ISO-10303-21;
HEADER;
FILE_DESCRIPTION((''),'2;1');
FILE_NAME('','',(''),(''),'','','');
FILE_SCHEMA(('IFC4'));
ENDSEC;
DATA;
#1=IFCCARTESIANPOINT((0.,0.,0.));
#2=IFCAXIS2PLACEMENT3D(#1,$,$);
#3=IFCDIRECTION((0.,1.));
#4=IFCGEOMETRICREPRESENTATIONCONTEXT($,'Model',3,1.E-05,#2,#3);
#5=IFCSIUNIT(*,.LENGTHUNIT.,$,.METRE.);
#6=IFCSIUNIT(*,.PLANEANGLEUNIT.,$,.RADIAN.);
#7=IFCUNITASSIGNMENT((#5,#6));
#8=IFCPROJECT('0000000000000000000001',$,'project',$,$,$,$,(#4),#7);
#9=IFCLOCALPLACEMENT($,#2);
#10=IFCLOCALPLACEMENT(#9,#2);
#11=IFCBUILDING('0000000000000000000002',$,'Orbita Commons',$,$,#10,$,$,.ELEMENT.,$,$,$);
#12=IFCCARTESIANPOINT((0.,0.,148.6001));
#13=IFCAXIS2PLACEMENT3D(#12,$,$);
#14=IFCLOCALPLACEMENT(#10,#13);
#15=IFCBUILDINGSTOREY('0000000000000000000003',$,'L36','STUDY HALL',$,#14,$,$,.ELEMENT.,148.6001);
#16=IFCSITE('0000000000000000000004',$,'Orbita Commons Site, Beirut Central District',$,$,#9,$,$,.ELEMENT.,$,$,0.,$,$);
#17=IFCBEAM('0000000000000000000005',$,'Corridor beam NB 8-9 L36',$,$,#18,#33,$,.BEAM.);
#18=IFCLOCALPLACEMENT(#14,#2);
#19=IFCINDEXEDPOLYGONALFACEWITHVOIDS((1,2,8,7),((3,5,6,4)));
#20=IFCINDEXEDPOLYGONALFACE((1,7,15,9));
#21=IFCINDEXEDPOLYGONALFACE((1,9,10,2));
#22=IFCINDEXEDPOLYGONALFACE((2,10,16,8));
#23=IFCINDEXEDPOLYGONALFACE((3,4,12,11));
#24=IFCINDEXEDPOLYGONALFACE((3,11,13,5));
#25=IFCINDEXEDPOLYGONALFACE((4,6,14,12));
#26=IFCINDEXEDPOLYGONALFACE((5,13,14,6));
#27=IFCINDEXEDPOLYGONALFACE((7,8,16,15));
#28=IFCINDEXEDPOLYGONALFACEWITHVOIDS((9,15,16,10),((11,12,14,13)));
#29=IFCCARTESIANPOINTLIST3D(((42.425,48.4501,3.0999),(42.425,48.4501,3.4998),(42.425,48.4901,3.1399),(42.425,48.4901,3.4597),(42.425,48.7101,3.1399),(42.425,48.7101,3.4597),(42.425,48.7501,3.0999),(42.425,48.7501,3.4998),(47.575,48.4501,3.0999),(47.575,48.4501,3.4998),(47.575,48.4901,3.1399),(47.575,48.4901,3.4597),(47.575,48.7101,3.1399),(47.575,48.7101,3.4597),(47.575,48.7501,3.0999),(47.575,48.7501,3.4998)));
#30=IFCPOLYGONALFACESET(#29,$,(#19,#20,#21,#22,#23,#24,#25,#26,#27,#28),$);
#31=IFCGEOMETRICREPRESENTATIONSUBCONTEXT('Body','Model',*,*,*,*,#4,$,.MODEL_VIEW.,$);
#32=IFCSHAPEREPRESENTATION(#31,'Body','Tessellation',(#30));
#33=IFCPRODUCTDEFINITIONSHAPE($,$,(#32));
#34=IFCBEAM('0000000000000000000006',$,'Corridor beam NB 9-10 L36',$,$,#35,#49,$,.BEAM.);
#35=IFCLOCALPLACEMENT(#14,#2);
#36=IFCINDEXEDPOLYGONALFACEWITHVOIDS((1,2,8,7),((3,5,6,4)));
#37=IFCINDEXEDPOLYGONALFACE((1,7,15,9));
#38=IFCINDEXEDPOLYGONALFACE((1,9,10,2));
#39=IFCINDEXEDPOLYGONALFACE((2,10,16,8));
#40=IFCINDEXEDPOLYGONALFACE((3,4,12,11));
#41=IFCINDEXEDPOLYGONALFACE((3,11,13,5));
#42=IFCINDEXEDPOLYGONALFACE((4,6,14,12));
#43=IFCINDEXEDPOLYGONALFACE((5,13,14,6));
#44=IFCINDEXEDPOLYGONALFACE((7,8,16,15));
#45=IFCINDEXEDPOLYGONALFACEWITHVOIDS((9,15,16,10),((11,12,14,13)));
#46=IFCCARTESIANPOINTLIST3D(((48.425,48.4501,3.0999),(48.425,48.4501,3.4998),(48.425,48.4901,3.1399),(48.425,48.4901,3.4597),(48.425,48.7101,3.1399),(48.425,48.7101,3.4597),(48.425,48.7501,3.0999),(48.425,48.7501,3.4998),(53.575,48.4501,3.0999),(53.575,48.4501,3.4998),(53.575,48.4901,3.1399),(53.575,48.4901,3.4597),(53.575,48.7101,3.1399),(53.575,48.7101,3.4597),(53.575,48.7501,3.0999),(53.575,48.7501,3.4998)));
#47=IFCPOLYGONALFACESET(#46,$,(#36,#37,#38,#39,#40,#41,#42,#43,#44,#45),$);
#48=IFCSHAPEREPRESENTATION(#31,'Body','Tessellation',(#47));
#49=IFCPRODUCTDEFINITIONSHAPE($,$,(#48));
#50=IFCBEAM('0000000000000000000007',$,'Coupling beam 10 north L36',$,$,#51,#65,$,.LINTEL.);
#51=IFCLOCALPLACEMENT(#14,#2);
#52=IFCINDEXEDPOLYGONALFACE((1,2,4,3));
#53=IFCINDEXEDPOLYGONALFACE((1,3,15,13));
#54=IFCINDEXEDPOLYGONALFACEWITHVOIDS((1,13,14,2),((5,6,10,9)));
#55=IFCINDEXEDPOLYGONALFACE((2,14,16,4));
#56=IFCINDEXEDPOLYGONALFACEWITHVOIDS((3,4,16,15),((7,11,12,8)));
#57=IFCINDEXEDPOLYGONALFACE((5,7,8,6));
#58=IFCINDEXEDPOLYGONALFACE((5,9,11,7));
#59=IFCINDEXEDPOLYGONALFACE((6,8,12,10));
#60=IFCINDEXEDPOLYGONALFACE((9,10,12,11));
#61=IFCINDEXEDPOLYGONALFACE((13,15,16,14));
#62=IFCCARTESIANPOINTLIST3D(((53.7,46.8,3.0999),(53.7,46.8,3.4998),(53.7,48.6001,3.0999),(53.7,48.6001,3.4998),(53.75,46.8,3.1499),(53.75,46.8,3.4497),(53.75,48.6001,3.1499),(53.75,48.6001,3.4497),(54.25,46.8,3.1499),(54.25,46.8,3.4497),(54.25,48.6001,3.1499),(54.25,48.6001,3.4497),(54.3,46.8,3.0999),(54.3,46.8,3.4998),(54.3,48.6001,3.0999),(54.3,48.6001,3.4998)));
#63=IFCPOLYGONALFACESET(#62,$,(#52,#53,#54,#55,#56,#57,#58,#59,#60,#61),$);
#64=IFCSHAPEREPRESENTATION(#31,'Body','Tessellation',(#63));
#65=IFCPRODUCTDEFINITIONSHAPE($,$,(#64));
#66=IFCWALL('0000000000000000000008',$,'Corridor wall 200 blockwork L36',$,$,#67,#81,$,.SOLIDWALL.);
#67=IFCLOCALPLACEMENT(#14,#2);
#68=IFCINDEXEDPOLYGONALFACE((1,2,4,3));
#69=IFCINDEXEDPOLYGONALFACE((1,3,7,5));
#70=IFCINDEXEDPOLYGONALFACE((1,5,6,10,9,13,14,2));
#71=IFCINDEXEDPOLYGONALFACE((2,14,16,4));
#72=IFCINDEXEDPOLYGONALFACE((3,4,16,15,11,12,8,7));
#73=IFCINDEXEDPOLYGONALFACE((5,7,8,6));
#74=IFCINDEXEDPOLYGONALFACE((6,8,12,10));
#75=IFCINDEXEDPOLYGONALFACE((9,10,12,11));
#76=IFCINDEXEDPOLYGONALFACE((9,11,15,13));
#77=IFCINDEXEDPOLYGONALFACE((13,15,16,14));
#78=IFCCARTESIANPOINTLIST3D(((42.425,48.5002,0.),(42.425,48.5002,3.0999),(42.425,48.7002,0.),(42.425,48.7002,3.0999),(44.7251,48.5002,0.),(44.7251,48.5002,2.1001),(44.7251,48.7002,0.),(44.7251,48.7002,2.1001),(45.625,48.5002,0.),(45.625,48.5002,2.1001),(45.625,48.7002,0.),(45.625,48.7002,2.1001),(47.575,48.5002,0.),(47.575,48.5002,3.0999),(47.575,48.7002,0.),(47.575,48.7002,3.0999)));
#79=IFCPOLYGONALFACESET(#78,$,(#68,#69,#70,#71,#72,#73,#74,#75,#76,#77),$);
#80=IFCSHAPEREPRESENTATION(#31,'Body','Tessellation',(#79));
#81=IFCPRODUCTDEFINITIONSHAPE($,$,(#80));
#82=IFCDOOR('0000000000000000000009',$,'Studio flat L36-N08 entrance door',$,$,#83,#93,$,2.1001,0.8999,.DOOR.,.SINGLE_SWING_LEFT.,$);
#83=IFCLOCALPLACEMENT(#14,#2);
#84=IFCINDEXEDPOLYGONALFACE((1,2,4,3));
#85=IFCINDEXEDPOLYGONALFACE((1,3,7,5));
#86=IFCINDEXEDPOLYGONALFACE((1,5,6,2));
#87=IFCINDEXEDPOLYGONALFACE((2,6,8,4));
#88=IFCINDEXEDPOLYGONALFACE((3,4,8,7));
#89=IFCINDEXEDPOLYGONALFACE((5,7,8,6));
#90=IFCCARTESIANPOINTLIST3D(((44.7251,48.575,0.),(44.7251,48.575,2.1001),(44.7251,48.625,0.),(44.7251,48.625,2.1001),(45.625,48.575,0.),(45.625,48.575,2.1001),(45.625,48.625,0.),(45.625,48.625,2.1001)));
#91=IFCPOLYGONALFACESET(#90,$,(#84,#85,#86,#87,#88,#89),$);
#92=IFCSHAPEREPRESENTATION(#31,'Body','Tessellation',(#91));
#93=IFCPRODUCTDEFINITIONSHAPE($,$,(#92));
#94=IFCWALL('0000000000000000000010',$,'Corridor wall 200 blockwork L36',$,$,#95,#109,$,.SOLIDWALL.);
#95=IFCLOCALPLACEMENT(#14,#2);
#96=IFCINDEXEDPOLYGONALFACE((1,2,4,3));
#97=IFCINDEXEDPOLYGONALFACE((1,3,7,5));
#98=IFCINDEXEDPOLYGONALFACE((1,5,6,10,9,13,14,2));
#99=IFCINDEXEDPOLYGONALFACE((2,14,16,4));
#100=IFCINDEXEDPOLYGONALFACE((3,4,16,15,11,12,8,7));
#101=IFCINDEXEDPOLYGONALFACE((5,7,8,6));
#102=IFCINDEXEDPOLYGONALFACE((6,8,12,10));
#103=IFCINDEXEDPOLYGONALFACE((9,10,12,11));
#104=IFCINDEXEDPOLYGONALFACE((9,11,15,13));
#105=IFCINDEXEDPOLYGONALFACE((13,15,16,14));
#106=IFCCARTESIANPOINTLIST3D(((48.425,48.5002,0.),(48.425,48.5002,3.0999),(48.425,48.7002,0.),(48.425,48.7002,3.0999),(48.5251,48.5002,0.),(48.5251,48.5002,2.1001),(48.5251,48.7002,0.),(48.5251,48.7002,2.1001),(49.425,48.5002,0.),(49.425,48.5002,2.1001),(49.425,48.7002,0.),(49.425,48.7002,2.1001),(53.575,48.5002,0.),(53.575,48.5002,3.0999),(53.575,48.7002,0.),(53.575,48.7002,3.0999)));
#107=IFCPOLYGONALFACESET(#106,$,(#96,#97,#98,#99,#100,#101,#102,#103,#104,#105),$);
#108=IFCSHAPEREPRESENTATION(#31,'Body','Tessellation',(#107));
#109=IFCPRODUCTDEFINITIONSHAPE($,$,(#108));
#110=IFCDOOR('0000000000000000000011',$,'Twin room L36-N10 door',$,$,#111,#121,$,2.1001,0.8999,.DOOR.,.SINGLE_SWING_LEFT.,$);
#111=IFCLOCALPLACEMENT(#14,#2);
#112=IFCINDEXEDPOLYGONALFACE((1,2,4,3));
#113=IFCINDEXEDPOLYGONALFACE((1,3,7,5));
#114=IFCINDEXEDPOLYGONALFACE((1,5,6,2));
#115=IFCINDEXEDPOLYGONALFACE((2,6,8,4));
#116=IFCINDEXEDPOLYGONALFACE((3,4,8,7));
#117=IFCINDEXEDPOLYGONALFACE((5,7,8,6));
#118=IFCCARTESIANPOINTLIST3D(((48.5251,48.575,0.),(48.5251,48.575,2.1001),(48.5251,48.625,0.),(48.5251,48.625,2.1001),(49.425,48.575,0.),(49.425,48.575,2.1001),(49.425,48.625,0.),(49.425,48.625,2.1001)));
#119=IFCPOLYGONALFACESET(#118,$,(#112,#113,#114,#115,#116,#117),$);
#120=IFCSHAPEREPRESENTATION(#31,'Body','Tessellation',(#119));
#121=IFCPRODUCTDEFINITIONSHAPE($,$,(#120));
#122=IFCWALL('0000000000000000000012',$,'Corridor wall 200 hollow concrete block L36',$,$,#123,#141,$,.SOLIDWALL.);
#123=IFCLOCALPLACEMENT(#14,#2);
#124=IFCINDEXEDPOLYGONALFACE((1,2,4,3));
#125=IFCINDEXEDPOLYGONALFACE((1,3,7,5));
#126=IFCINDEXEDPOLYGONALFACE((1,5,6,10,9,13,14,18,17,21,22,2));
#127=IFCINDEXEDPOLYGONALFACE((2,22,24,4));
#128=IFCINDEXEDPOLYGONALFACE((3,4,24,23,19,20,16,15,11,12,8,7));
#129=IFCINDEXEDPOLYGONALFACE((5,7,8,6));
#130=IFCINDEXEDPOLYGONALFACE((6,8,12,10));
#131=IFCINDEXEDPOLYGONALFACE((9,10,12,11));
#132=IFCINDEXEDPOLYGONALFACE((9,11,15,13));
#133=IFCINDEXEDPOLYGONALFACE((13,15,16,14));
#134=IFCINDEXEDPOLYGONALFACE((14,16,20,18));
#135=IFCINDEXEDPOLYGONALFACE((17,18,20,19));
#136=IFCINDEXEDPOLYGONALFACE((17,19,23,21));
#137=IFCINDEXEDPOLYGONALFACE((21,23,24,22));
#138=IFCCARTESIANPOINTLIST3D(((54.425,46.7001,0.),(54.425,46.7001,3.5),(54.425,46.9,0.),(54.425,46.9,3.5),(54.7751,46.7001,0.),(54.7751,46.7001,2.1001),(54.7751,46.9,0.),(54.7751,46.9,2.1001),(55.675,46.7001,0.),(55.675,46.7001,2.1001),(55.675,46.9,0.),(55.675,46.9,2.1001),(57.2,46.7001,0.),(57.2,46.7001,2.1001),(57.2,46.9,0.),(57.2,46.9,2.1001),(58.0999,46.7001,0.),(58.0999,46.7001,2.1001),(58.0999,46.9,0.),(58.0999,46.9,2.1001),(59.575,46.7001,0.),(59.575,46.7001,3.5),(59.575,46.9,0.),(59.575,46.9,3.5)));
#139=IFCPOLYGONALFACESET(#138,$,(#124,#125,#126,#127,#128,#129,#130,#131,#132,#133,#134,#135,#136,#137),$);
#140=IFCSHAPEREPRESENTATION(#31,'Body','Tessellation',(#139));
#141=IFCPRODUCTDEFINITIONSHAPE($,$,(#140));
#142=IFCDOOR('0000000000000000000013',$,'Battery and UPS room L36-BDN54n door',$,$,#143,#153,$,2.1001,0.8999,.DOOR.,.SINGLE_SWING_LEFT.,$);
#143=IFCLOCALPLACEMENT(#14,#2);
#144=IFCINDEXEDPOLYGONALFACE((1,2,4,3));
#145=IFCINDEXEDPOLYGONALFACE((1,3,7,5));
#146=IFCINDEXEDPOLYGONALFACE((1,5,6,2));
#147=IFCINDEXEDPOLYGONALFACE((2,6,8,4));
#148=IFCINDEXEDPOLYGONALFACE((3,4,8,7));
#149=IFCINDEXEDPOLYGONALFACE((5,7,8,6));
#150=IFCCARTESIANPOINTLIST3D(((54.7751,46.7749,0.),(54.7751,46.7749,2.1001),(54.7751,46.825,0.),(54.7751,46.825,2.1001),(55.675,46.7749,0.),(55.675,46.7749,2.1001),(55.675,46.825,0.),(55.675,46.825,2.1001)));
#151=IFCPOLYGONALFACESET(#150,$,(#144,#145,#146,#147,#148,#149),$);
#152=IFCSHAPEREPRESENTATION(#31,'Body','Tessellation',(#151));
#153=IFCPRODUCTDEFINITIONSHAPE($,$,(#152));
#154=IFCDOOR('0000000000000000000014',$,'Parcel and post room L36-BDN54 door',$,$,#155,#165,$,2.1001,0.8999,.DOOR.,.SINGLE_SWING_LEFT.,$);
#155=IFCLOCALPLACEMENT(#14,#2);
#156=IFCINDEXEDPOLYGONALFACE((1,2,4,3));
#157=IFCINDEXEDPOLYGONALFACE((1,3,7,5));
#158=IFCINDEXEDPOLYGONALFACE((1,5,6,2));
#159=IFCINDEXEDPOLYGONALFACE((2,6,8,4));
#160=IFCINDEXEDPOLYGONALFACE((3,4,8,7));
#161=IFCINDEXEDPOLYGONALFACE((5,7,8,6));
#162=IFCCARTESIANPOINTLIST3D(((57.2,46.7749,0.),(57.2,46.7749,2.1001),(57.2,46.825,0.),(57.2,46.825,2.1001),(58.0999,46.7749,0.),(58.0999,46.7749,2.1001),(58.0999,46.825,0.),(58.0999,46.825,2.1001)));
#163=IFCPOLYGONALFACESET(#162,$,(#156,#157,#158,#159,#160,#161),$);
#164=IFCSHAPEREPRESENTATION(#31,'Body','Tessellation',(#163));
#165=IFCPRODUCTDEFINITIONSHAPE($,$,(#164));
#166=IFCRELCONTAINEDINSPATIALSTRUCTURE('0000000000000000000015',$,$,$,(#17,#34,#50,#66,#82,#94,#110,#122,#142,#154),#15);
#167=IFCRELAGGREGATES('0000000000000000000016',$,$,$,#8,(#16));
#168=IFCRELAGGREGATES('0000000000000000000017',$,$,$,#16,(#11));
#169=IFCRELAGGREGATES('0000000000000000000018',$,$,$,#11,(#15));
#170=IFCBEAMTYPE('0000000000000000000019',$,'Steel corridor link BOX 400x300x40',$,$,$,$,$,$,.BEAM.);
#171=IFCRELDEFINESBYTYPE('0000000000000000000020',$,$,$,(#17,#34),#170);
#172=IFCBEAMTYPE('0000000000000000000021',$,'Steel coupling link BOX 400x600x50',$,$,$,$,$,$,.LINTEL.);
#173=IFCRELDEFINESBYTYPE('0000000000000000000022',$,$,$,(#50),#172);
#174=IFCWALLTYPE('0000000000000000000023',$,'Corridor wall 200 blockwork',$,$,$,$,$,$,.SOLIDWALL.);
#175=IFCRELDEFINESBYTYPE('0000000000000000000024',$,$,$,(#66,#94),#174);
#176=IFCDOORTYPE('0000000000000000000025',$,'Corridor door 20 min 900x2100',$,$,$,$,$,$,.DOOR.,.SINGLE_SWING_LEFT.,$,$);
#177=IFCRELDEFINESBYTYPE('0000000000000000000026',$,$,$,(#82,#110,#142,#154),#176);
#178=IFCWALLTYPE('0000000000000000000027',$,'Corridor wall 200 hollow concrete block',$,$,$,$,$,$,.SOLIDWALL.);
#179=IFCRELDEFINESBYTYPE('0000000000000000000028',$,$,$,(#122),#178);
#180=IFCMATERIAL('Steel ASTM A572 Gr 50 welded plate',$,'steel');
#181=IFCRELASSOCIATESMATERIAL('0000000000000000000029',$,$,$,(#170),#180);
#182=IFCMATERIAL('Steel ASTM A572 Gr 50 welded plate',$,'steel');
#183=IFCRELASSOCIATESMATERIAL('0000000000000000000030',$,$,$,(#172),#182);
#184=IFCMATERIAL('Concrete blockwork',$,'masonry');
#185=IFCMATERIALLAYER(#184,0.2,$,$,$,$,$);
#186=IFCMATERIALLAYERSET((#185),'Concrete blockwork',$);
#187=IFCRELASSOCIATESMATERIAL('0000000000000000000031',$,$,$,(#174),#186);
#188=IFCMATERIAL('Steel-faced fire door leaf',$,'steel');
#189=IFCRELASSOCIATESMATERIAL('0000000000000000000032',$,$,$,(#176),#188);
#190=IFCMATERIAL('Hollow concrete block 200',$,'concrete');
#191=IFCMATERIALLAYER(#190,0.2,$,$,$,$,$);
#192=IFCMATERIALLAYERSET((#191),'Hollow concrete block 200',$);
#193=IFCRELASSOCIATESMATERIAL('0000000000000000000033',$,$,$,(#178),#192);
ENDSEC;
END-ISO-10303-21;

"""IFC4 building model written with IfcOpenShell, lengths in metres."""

from ifc_helpers import new_model, si_unit, direction, frame, frame_2d, origin, origin_2d, place, context, subcontext, project, spatial, polyline, rectangle, hollow_rectangle, outline, extrude, material, layer, layer_set, material_profile, profile_set, type_object, element, fill, save


model = new_model("IFC4")

# Units and contexts
model_context = context("Model", 3, precision=1e-05, world=origin(), true_north=direction((0.0, 1.0)))
body_context = subcontext(model_context, "Body", "Model", "MODEL_VIEW")
ifc_project = project(units=[si_unit("LENGTHUNIT", "METRE"), si_unit("PLANEANGLEUNIT", "RADIAN")], contexts=[model_context])

# Site, building, storey
site_placement = place(None, origin())
site = spatial("IfcSite", under=ifc_project, at=site_placement, Name="Orbita Commons Site, Beirut Central District", CompositionType="ELEMENT", RefElevation=0.0)
building_placement = place(site_placement, origin())
building = spatial("IfcBuilding", under=site, at=building_placement, Name="Orbita Commons", CompositionType="ELEMENT")
storey_placement = place(building_placement, frame((0.0, 0.0, 148.6001)))
storey = spatial("IfcBuildingStorey", under=building, at=storey_placement, Name="L36", Description="STUDY HALL", CompositionType="ELEMENT", Elevation=148.6001)

# Beams
ifc_material_1 = material(Name="Steel ASTM A572 Gr 50 welded plate", Category="steel")
ifc_material_profile_1 = material_profile(ifc_material_1, hollow_rectangle(XDim=0.3, YDim=0.3999, WallThickness=0.04, at=origin_2d()), Name="BOX 400x300x40")
ifc_profile_set_1 = profile_set([ifc_material_profile_1], Name="Steel ASTM A572 Gr 50 welded plate")
beam_type_1 = type_object("IfcBeamType", Name="Steel corridor link BOX 400x300x40", PredefinedType="BEAM", material=ifc_profile_set_1)
for number, where, z_axis, x_axis, name in (
    (1, (42.425, 48.6001, 3.2998), (1.0, 0.0, 0.0), (0.0, 1.0, 0.0), "Corridor beam NB 8-9 L36"),
    (2, (48.425, 48.6001, 3.2998), (1.0, 0.0, 0.0), (0.0, 1.0, 0.0), "Corridor beam NB 9-10 L36"),
):
    element("IfcBeam", number, at=place(storey_placement, frame(where, z_axis=z_axis, x_axis=x_axis)), inside=storey, type_object=beam_type_1, Name=name, PredefinedType="BEAM", context=body_context, shape_type="SweptSolid", body=[
        extrude(hollow_rectangle(XDim=0.3, YDim=0.3999, WallThickness=0.04, at=origin_2d()), origin(), (0.0, 0.0, 1.0), 5.1499),
    ])
ifc_material_2 = material(Name="Steel ASTM A572 Gr 50 welded plate", Category="steel")
ifc_material_profile_2 = material_profile(ifc_material_2, hollow_rectangle(XDim=0.6001, YDim=0.3999, WallThickness=0.05, at=origin_2d()), Name="BOX 400x600x50")
ifc_profile_set_2 = profile_set([ifc_material_profile_2], Name="Steel ASTM A572 Gr 50 welded plate")
beam_type_2 = type_object("IfcBeamType", Name="Steel coupling link BOX 400x600x50", PredefinedType="LINTEL", material=ifc_profile_set_2)
beam_placement = place(storey_placement, frame((54.0, 46.8, 3.2998), z_axis=(0.0, 1.0, 0.0), x_axis=(-1.0, 0.0, 0.0)))
element("IfcBeam", 3, at=beam_placement, inside=storey, type_object=beam_type_2, Name="Coupling beam 10 north L36", PredefinedType="LINTEL", context=body_context, shape_type="SweptSolid", body=[
    extrude(hollow_rectangle(XDim=0.6001, YDim=0.3999, WallThickness=0.05, at=origin_2d()), origin(), (0.0, 0.0, 1.0), 1.8),
])

# Walls, openings, doors
ifc_material_3 = material(Name="Concrete blockwork", Category="masonry")
ifc_layer_1 = layer(ifc_material_3, 0.2)
ifc_layer_set_1 = layer_set([ifc_layer_1], Name="Concrete blockwork")
wall_type_1 = type_object("IfcWallType", Name="Corridor wall 200 blockwork", PredefinedType="SOLIDWALL", material=ifc_layer_set_1)
wall_1_placement = place(storey_placement, frame((42.425, 48.6001, 0.0), z_axis=(0.0, 0.0, 1.0), x_axis=(1.0, 0.0, 0.0)))
wall_1 = element("IfcWall", 4, at=wall_1_placement, inside=storey, type_object=wall_type_1, Name="Corridor wall 200 blockwork L36", PredefinedType="SOLIDWALL", context=body_context, shape_type="SweptSolid", body=[
    extrude(outline(polyline([(0.0, 0.0), (5.1499, 0.0), (5.1499, 3.0999), (0.0, 3.0999), (0.0, 0.0)])), frame((0.0, 0.1001, 0.0), z_axis=(0.0, -1.0, 0.0), x_axis=(1.0, 0.0, 0.0)), (0.0, 0.0, 1.0), 0.2),
])
opening_1_placement = place(wall_1_placement, frame((2.3, 0.0, 0.0)))
opening_1 = element("IfcOpeningElement", 5, at=opening_1_placement, cuts=wall_1, PredefinedType="OPENING", context=body_context, shape_type="SweptSolid", body=[
    extrude(rectangle(XDim=0.8999, YDim=2.1001, at=frame_2d((0.45, 1.05))), frame((0.0, 0.1099, 0.0), z_axis=(0.0, -1.0, 0.0), x_axis=(1.0, 0.0, 0.0)), (0.0, 0.0, 1.0), 0.22),
])
ifc_material_4 = material(Name="Steel-faced fire door leaf", Category="steel")
door_type_1 = type_object("IfcDoorType", Name="Corridor door 20 min 900x2100", OperationType="SINGLE_SWING_LEFT", PredefinedType="DOOR", material=ifc_material_4)
door_1_placement = place(opening_1_placement, origin())
door_1 = element("IfcDoor", 6, at=door_1_placement, inside=storey, type_object=door_type_1, Name="Studio flat L36-N08 entrance door", OperationType="SINGLE_SWING_LEFT", OverallHeight=2.1001, OverallWidth=0.8999, PredefinedType="DOOR", context=body_context, shape_type="SweptSolid", body=[
    extrude(rectangle(XDim=0.8999, YDim=2.1001, at=frame_2d((0.45, 1.05))), frame((0.0, 0.0249, 0.0), z_axis=(0.0, -1.0, 0.0), x_axis=(1.0, 0.0, 0.0)), (0.0, 0.0, 1.0), 0.05),
])
fill(opening_1, door_1)
wall_2_placement = place(storey_placement, frame((48.425, 48.6001, 0.0), z_axis=(0.0, 0.0, 1.0), x_axis=(1.0, 0.0, 0.0)))
wall_2 = element("IfcWall", 7, at=wall_2_placement, inside=storey, type_object=wall_type_1, Name="Corridor wall 200 blockwork L36", PredefinedType="SOLIDWALL", context=body_context, shape_type="SweptSolid", body=[
    extrude(outline(polyline([(0.0, 0.0), (5.1499, 0.0), (5.1499, 3.0999), (0.0, 3.0999), (0.0, 0.0)])), frame((0.0, 0.1001, 0.0), z_axis=(0.0, -1.0, 0.0), x_axis=(1.0, 0.0, 0.0)), (0.0, 0.0, 1.0), 0.2),
])
opening_2_placement = place(wall_2_placement, frame((0.1001, 0.0, 0.0)))
opening_2 = element("IfcOpeningElement", 8, at=opening_2_placement, cuts=wall_2, PredefinedType="OPENING", context=body_context, shape_type="SweptSolid", body=[
    extrude(rectangle(XDim=0.8999, YDim=2.1001, at=frame_2d((0.45, 1.05))), frame((0.0, 0.1099, 0.0), z_axis=(0.0, -1.0, 0.0), x_axis=(1.0, 0.0, 0.0)), (0.0, 0.0, 1.0), 0.22),
])
door_2_placement = place(opening_2_placement, origin())
door_2 = element("IfcDoor", 9, at=door_2_placement, inside=storey, type_object=door_type_1, Name="Twin room L36-N10 door", OperationType="SINGLE_SWING_LEFT", OverallHeight=2.1001, OverallWidth=0.8999, PredefinedType="DOOR", context=body_context, shape_type="SweptSolid", body=[
    extrude(rectangle(XDim=0.8999, YDim=2.1001, at=frame_2d((0.45, 1.05))), frame((0.0, 0.0249, 0.0), z_axis=(0.0, -1.0, 0.0), x_axis=(1.0, 0.0, 0.0)), (0.0, 0.0, 1.0), 0.05),
])
fill(opening_2, door_2)

# Wall, openings, doors
ifc_material_5 = material(Name="Hollow concrete block 200", Category="concrete")
ifc_layer_2 = layer(ifc_material_5, 0.2)
ifc_layer_set_2 = layer_set([ifc_layer_2], Name="Hollow concrete block 200")
wall_type_2 = type_object("IfcWallType", Name="Corridor wall 200 hollow concrete block", PredefinedType="SOLIDWALL", material=ifc_layer_set_2)
wall_3_placement = place(storey_placement, frame((54.425, 46.8, 0.0), z_axis=(0.0, 0.0, 1.0), x_axis=(1.0, 0.0, 0.0)))
wall_3 = element("IfcWall", 10, at=wall_3_placement, inside=storey, type_object=wall_type_2, Name="Corridor wall 200 hollow concrete block L36", PredefinedType="SOLIDWALL", context=body_context, shape_type="SweptSolid", body=[
    extrude(rectangle(XDim=5.1499, YDim=0.2, at=frame_2d((2.575, 0.0))), origin(), (0.0, 0.0, 1.0), 3.5),
])
opening_3_placement = place(wall_3_placement, frame((0.3501, 0.0, 0.0)))
opening_3 = element("IfcOpeningElement", 11, at=opening_3_placement, cuts=wall_3, PredefinedType="OPENING", context=body_context, shape_type="SweptSolid", body=[
    extrude(rectangle(XDim=0.8999, YDim=2.1001, at=frame_2d((0.45, 1.05))), frame((0.0, 0.1099, 0.0), z_axis=(0.0, -1.0, 0.0), x_axis=(1.0, 0.0, 0.0)), (0.0, 0.0, 1.0), 0.22),
])
opening_4_placement = place(wall_3_placement, frame((2.7749, 0.0, 0.0)))
opening_4 = element("IfcOpeningElement", 12, at=opening_4_placement, cuts=wall_3, PredefinedType="OPENING", context=body_context, shape_type="SweptSolid", body=[
    extrude(rectangle(XDim=0.8999, YDim=2.1001, at=frame_2d((0.45, 1.05))), frame((0.0, 0.1099, 0.0), z_axis=(0.0, -1.0, 0.0), x_axis=(1.0, 0.0, 0.0)), (0.0, 0.0, 1.0), 0.22),
])
door_3_placement = place(opening_3_placement, origin())
door_3 = element("IfcDoor", 13, at=door_3_placement, inside=storey, type_object=door_type_1, Name="Battery and UPS room L36-BDN54n door", OperationType="SINGLE_SWING_LEFT", OverallHeight=2.1001, OverallWidth=0.8999, PredefinedType="DOOR", context=body_context, shape_type="SweptSolid", body=[
    extrude(rectangle(XDim=0.8999, YDim=2.1001, at=frame_2d((0.45, 1.05))), frame((0.0, 0.0249, 0.0), z_axis=(0.0, -1.0, 0.0), x_axis=(1.0, 0.0, 0.0)), (0.0, 0.0, 1.0), 0.05),
])
fill(opening_3, door_3)
door_4_placement = place(opening_4_placement, origin())
door_4 = element("IfcDoor", 14, at=door_4_placement, inside=storey, type_object=door_type_1, Name="Parcel and post room L36-BDN54 door", OperationType="SINGLE_SWING_LEFT", OverallHeight=2.1001, OverallWidth=0.8999, PredefinedType="DOOR", context=body_context, shape_type="SweptSolid", body=[
    extrude(rectangle(XDim=0.8999, YDim=2.1001, at=frame_2d((0.45, 1.05))), frame((0.0, 0.0249, 0.0), z_axis=(0.0, -1.0, 0.0), x_axis=(1.0, 0.0, 0.0)), (0.0, 0.0, 1.0), 0.05),
])
fill(opening_4, door_4)

save(model, "model.ifc")
